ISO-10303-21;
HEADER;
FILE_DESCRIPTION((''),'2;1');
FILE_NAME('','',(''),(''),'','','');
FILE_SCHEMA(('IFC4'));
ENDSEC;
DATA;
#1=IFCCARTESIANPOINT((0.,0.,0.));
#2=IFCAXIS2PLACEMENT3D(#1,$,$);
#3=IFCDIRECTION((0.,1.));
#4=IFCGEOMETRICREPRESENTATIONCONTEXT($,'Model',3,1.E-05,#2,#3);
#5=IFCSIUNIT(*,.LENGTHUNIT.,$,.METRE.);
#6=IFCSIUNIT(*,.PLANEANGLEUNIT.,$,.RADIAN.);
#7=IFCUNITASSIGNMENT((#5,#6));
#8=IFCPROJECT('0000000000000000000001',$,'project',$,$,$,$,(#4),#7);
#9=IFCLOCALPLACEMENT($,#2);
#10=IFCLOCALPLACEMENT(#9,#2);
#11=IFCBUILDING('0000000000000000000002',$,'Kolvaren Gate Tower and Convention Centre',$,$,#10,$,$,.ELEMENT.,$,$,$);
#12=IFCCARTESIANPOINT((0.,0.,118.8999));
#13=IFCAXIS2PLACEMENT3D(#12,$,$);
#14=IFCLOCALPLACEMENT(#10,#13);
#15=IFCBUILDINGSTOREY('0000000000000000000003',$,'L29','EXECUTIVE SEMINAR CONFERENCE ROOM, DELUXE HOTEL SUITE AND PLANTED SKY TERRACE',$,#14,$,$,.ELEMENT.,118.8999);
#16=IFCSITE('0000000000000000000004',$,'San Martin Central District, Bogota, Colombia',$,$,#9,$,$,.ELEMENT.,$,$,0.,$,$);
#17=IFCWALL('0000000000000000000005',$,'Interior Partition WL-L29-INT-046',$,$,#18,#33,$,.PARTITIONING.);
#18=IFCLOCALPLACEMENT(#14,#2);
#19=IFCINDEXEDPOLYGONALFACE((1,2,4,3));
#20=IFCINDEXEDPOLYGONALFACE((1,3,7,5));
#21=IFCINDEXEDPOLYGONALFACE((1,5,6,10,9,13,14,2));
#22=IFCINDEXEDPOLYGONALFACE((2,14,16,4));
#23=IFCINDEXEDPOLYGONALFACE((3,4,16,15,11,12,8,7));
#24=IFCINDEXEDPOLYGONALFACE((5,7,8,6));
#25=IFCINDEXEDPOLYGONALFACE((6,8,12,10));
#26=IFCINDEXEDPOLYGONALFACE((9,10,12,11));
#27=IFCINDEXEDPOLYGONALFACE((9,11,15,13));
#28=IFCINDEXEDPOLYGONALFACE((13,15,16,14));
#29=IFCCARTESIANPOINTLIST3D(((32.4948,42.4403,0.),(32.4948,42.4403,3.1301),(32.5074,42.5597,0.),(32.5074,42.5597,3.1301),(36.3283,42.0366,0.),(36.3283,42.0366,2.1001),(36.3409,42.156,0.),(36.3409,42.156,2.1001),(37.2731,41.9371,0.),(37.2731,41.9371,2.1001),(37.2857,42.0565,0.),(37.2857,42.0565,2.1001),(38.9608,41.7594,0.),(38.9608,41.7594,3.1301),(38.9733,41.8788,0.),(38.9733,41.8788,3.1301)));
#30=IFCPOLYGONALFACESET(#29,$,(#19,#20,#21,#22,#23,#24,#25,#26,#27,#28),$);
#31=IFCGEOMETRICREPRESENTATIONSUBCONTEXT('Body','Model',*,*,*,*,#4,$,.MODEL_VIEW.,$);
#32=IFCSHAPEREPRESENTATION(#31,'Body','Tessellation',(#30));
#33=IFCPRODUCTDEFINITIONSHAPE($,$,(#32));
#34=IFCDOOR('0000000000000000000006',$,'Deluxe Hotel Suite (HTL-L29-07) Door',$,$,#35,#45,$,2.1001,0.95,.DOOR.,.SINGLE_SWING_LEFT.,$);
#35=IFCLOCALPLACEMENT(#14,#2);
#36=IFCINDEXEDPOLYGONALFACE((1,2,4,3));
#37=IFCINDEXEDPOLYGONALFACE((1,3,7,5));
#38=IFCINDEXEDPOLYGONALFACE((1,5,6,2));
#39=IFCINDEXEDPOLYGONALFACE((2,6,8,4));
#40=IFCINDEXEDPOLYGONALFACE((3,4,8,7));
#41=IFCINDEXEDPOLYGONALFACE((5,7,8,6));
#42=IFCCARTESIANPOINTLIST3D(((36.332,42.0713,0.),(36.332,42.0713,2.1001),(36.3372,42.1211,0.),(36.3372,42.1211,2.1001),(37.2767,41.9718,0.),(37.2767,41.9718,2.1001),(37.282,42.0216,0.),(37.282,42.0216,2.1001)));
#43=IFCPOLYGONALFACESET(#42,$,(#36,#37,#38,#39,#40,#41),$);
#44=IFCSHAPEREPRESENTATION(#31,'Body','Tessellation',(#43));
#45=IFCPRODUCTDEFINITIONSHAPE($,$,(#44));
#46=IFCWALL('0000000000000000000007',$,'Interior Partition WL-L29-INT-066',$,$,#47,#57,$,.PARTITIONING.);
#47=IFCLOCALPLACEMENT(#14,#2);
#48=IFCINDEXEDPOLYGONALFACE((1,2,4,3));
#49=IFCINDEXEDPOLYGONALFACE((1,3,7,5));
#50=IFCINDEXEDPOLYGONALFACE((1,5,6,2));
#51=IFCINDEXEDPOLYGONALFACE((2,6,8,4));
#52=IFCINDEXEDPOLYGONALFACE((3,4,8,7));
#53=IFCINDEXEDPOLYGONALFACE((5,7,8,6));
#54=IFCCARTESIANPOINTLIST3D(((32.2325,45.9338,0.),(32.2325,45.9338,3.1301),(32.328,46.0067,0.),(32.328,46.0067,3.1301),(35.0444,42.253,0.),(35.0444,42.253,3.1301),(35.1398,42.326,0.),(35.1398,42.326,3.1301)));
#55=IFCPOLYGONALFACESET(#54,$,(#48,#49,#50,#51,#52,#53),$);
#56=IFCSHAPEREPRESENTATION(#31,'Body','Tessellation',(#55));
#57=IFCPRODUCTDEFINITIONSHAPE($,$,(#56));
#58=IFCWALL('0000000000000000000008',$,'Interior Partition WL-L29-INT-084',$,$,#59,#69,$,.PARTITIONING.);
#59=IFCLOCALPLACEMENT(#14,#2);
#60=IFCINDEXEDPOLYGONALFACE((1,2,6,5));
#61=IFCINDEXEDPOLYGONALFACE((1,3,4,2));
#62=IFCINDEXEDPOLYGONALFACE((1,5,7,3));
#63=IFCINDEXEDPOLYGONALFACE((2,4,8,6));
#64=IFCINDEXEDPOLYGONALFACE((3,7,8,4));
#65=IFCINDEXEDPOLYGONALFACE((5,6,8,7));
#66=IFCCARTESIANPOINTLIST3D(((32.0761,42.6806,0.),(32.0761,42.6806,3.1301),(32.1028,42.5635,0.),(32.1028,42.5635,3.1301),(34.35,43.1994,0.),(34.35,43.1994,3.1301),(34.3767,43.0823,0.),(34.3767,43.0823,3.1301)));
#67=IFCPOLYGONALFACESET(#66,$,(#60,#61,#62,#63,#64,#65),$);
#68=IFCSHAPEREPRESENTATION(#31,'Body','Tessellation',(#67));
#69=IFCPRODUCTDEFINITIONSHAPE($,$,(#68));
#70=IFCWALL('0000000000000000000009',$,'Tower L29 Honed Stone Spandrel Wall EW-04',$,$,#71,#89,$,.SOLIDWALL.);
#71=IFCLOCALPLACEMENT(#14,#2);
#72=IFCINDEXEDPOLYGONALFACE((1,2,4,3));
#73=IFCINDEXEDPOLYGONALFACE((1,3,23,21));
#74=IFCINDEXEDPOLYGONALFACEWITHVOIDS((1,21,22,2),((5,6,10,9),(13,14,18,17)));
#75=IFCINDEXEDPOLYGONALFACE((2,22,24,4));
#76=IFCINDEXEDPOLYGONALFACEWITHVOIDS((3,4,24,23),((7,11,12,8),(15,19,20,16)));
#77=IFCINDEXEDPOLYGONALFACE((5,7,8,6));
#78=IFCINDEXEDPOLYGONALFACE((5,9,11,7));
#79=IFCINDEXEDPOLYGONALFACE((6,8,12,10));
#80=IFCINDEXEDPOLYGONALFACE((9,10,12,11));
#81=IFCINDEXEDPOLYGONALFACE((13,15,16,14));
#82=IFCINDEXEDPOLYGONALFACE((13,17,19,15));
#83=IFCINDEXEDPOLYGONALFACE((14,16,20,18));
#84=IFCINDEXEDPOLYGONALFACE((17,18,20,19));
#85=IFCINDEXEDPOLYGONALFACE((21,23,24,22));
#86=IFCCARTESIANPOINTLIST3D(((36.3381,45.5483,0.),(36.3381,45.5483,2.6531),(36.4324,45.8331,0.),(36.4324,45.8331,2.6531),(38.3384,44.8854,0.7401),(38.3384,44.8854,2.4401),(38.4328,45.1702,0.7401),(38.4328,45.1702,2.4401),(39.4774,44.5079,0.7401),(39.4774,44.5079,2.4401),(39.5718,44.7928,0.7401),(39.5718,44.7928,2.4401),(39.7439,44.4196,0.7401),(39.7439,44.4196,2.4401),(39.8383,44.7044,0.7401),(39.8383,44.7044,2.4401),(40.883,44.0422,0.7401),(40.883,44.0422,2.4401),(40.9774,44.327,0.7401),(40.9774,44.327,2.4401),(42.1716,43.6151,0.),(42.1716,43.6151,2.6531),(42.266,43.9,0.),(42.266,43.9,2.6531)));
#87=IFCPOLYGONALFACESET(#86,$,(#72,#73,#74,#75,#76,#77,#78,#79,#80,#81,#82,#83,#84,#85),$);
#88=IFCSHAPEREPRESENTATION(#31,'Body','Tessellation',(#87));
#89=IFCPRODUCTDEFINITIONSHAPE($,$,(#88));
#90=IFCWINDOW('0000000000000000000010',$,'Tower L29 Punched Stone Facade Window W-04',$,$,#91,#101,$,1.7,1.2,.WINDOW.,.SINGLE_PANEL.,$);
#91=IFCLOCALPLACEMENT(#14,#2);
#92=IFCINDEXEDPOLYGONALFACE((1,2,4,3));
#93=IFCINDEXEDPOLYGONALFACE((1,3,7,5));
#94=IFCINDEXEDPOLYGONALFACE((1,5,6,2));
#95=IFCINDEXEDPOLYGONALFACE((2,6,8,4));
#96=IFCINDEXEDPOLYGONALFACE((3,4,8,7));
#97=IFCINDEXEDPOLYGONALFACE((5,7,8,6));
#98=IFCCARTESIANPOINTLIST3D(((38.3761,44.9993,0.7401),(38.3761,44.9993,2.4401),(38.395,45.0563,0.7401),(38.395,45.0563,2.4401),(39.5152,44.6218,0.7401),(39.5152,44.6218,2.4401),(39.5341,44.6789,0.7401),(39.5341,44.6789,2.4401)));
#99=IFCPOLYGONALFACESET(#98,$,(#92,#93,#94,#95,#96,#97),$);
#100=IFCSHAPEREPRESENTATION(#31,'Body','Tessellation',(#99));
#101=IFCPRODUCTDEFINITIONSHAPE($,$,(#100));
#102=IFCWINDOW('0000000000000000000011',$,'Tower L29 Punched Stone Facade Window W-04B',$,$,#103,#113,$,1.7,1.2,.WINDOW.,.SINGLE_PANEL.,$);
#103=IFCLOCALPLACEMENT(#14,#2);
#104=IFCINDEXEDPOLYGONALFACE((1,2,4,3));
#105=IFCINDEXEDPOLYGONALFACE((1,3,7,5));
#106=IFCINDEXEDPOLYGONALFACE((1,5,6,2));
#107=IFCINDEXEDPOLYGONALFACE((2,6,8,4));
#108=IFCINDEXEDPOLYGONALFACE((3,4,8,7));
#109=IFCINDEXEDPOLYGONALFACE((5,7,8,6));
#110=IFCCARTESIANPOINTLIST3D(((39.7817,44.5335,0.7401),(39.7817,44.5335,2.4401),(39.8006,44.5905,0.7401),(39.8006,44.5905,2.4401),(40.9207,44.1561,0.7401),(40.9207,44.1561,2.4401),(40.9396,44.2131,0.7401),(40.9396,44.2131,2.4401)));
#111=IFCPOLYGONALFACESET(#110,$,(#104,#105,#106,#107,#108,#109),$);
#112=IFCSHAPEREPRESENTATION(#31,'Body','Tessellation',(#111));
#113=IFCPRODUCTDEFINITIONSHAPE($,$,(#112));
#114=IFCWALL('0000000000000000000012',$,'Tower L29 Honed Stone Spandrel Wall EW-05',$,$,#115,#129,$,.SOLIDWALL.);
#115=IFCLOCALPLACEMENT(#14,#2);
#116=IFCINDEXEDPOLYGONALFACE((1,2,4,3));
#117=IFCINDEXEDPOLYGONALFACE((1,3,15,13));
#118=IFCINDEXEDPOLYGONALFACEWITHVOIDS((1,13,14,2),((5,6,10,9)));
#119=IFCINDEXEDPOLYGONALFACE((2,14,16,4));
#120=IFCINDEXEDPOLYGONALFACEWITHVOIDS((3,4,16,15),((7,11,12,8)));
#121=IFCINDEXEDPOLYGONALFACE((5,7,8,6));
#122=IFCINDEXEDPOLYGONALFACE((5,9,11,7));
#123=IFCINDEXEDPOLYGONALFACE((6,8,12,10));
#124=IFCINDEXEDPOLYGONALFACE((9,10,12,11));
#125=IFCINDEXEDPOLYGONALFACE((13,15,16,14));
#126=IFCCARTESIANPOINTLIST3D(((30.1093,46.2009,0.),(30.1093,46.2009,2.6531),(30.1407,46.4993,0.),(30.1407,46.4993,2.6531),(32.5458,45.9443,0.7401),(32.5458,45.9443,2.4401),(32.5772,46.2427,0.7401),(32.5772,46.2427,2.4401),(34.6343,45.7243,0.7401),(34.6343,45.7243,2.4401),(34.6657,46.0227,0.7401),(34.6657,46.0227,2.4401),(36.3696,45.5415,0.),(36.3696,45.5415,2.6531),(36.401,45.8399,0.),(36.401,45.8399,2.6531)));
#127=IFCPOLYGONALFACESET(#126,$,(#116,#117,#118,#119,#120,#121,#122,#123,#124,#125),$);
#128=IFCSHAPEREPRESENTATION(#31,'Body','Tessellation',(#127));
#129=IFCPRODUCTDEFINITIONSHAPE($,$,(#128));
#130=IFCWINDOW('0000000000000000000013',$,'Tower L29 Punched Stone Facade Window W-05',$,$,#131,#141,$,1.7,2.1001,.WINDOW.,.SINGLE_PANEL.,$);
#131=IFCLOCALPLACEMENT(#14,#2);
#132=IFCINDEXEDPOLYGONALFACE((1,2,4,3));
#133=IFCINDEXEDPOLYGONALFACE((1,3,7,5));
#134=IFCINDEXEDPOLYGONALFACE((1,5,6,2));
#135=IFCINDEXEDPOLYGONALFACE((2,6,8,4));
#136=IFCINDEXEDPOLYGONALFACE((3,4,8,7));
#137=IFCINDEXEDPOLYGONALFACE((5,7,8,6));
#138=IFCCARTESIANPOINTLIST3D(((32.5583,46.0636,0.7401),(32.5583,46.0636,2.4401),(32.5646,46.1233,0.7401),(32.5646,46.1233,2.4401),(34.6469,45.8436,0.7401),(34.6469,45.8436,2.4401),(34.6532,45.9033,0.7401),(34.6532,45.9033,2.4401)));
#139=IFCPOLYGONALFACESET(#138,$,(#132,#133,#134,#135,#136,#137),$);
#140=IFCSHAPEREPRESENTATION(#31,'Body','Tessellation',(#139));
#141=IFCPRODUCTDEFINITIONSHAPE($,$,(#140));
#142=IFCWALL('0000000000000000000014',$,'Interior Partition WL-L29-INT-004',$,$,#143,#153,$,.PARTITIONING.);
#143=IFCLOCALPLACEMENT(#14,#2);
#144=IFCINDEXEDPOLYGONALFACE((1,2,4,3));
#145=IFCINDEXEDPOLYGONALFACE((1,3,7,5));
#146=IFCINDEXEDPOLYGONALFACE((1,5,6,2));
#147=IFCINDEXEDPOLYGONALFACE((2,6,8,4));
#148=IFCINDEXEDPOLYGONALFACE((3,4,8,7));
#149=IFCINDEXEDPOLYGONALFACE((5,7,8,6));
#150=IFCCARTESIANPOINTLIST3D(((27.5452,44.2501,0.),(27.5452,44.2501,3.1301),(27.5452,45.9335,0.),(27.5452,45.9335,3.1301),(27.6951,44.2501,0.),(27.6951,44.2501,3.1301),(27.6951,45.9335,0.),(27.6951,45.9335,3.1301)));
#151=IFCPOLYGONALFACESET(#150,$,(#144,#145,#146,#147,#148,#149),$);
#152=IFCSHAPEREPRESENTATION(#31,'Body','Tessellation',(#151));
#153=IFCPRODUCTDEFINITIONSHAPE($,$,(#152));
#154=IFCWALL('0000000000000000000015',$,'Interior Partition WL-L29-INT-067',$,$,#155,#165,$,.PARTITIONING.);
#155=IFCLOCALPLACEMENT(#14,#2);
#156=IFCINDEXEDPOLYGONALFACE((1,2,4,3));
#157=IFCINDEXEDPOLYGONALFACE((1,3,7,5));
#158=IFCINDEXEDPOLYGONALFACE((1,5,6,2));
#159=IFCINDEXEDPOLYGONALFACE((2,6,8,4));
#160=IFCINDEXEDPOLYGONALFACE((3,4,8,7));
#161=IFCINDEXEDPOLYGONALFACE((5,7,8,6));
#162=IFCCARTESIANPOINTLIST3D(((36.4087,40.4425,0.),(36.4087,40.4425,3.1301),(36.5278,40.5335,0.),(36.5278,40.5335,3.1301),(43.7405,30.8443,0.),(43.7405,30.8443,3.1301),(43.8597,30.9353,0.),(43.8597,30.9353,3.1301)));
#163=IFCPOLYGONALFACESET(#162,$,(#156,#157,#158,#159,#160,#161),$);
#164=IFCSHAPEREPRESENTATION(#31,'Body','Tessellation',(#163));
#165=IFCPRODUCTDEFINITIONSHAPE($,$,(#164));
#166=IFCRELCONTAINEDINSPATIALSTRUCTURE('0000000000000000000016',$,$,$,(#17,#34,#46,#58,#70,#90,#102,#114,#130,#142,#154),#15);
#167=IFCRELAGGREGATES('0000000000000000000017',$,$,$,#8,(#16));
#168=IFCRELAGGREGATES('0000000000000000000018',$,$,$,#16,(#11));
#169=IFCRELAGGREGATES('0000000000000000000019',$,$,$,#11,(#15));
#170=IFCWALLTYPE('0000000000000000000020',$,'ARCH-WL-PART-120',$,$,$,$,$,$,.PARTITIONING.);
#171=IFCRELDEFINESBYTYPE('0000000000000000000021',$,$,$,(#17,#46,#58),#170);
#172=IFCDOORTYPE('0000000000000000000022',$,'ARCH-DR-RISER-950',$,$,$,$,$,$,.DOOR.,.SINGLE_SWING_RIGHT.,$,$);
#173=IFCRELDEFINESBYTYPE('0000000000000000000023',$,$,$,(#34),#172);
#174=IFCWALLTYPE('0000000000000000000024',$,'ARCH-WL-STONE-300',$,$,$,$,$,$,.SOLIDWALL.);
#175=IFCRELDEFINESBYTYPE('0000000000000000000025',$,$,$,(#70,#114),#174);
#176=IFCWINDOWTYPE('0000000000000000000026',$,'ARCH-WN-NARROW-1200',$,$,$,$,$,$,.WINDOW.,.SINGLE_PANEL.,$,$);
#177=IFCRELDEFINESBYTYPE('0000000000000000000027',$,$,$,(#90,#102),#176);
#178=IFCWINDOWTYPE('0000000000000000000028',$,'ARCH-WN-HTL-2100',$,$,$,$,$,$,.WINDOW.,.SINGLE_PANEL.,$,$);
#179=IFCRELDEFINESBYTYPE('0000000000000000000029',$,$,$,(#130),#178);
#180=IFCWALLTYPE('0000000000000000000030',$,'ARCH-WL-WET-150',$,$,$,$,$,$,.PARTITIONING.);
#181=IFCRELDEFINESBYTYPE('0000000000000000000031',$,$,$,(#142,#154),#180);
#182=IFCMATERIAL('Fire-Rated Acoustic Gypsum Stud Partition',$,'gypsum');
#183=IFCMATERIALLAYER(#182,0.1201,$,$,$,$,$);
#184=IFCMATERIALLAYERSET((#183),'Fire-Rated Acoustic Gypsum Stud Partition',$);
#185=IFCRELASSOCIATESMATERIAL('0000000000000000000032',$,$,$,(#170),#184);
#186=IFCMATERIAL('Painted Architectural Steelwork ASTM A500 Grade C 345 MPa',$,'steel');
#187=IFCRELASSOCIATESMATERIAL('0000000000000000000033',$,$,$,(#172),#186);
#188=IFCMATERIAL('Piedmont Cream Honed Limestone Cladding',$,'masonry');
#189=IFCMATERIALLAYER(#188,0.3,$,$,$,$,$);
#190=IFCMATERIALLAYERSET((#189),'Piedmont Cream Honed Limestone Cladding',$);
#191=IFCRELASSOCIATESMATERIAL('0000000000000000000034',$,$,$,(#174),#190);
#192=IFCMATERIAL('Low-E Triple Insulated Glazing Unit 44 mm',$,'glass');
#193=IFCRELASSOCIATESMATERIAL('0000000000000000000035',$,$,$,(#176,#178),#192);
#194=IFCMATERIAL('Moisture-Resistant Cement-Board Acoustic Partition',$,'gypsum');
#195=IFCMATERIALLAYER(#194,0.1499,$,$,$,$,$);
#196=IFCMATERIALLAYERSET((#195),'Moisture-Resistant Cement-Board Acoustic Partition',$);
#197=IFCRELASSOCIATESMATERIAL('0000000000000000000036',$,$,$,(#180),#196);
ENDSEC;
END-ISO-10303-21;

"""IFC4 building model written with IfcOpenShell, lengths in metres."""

from ifc_helpers import new_model, si_unit, direction, frame, frame_2d, origin, place, context, subcontext, project, spatial, rectangle, extrude, material, layer, layer_set, type_object, element, fill, save


model = new_model("IFC4")

# Units and contexts
model_context = context("Model", 3, precision=1e-05, world=origin(), true_north=direction((0.0, 1.0)))
body_context = subcontext(model_context, "Body", "Model", "MODEL_VIEW")
ifc_project = project(units=[si_unit("LENGTHUNIT", "METRE"), si_unit("PLANEANGLEUNIT", "RADIAN")], contexts=[model_context])

# Site, building, storey
site_placement = place(None, origin())
site = spatial("IfcSite", under=ifc_project, at=site_placement, Name="San Martin Central District, Bogota, Colombia", CompositionType="ELEMENT", RefElevation=0.0)
building_placement = place(site_placement, origin())
building = spatial("IfcBuilding", under=site, at=building_placement, Name="Kolvaren Gate Tower and Convention Centre", CompositionType="ELEMENT")
storey_placement = place(building_placement, frame((0.0, 0.0, 118.8999)))
storey = spatial("IfcBuildingStorey", under=building, at=storey_placement, Name="L29", Description="EXECUTIVE SEMINAR CONFERENCE ROOM, DELUXE HOTEL SUITE AND PLANTED SKY TERRACE", CompositionType="ELEMENT", Elevation=118.8999)

# Shared definitions
ifc_material_1 = material(Name="Fire-Rated Acoustic Gypsum Stud Partition", Category="gypsum")
ifc_layer_1 = layer(ifc_material_1, 0.1201)
ifc_layer_set_1 = layer_set([ifc_layer_1], Name="Fire-Rated Acoustic Gypsum Stud Partition")
wall_type_1 = type_object("IfcWallType", Name="ARCH-WL-PART-120", PredefinedType="PARTITIONING", material=ifc_layer_set_1)
ifc_material_2 = material(Name="Painted Architectural Steelwork ASTM A500 Grade C 345 MPa", Category="steel")
door_type_1 = type_object("IfcDoorType", Name="ARCH-DR-RISER-950", OperationType="SINGLE_SWING_RIGHT", PredefinedType="DOOR", material=ifc_material_2)

# Wall, opening, door
wall_1_placement = place(storey_placement, frame((32.501, 42.5, 0.0), z_axis=(0.0, 0.0, 1.0), x_axis=(0.994501, -0.104726, 0.0)))
wall_1 = element("IfcWall", 1, at=wall_1_placement, inside=storey, type_object=wall_type_1, Name="Interior Partition WL-L29-INT-046", PredefinedType="PARTITIONING", context=body_context, shape_type="SweptSolid", body=[
    extrude(rectangle(XDim=6.5017, YDim=0.1201, at=frame_2d((3.251, 0.0))), origin(), (0.0, 0.0, 1.0), 3.1301),
])
opening_1_placement = place(wall_1_placement, frame((3.8547, 0.0, 0.0)))
opening_1 = element("IfcOpeningElement", 2, at=opening_1_placement, cuts=wall_1, PredefinedType="OPENING", context=body_context, shape_type="SweptSolid", body=[
    extrude(rectangle(XDim=0.95, YDim=2.1001, at=frame_2d((0.4751, 1.05))), frame((0.0, 0.0701, 0.0), z_axis=(0.0, -1.0, 0.0), x_axis=(1.0, 0.0, 0.0)), (0.0, 0.0, 1.0), 0.1401),
])
door_1_placement = place(opening_1_placement, origin())
door_1 = element("IfcDoor", 3, at=door_1_placement, inside=storey, type_object=door_type_1, Name="Deluxe Hotel Suite (HTL-L29-07) Door", OperationType="SINGLE_SWING_LEFT", OverallHeight=2.1001, OverallWidth=0.95, PredefinedType="DOOR", context=body_context, shape_type="SweptSolid", body=[
    extrude(rectangle(XDim=0.95, YDim=2.1001, at=frame_2d((0.4751, 1.05))), frame((0.0, 0.0249, 0.0), z_axis=(0.0, -1.0, 0.0), x_axis=(1.0, 0.0, 0.0)), (0.0, 0.0, 1.0), 0.05),
])
fill(opening_1, door_1)

# Walls
wall_2_placement = place(storey_placement, frame((32.2803, 45.9702, 0.0), z_axis=(0.0, 0.0, 1.0), x_axis=(0.607061, -0.794655, 0.0)))
element("IfcWall", 4, at=wall_2_placement, inside=storey, type_object=wall_type_1, Name="Interior Partition WL-L29-INT-066", PredefinedType="PARTITIONING", context=body_context, shape_type="SweptSolid", body=[
    extrude(rectangle(XDim=4.6318, YDim=0.1201, at=frame_2d((2.3159, 0.0))), origin(), (0.0, 0.0, 1.0), 3.1301),
])
wall_3_placement = place(storey_placement, frame((32.0896, 42.6221, 0.0), z_axis=(0.0, 0.0, 1.0), x_axis=(0.974947, 0.222435, 0.0)))
element("IfcWall", 5, at=wall_3_placement, inside=storey, type_object=wall_type_1, Name="Interior Partition WL-L29-INT-084", PredefinedType="PARTITIONING", context=body_context, shape_type="SweptSolid", body=[
    extrude(rectangle(XDim=2.3323, YDim=0.1201, at=frame_2d((1.166, 0.0))), origin(), (0.0, 0.0, 1.0), 3.1301),
])

# Wall, openings, windows
ifc_material_3 = material(Name="Piedmont Cream Honed Limestone Cladding", Category="masonry")
ifc_layer_2 = layer(ifc_material_3, 0.3)
ifc_layer_set_2 = layer_set([ifc_layer_2], Name="Piedmont Cream Honed Limestone Cladding")
wall_type_2 = type_object("IfcWallType", Name="ARCH-WL-STONE-300", PredefinedType="SOLIDWALL", material=ifc_layer_set_2)
wall_4_placement = place(storey_placement, frame((36.3853, 45.6907, 0.0), z_axis=(0.0, 0.0, 1.0), x_axis=(0.949238, -0.314559, 0.0)))
wall_4 = element("IfcWall", 6, at=wall_4_placement, inside=storey, type_object=wall_type_2, Name="Tower L29 Honed Stone Spandrel Wall EW-04", PredefinedType="SOLIDWALL", context=body_context, shape_type="SweptSolid", body=[
    extrude(rectangle(XDim=6.1455, YDim=0.3, at=frame_2d((3.0728, 0.0))), origin(), (0.0, 0.0, 1.0), 2.6531),
])
opening_2_placement = place(wall_4_placement, frame((2.1072, 0.0, 0.74)))
opening_2 = element("IfcOpeningElement", 7, at=opening_2_placement, cuts=wall_4, PredefinedType="OPENING", context=body_context, shape_type="SweptSolid", body=[
    extrude(rectangle(XDim=1.2, YDim=1.7, at=frame_2d((0.6001, 0.8501))), frame((0.0, 0.1599, 0.0), z_axis=(0.0, -1.0, 0.0), x_axis=(1.0, 0.0, 0.0)), (0.0, 0.0, 1.0), 0.3201),
])
opening_3_placement = place(wall_4_placement, frame((3.5879, 0.0, 0.74)))
opening_3 = element("IfcOpeningElement", 8, at=opening_3_placement, cuts=wall_4, PredefinedType="OPENING", context=body_context, shape_type="SweptSolid", body=[
    extrude(rectangle(XDim=1.2, YDim=1.7, at=frame_2d((0.6001, 0.8501))), frame((0.0, 0.1599, 0.0), z_axis=(0.0, -1.0, 0.0), x_axis=(1.0, 0.0, 0.0)), (0.0, 0.0, 1.0), 0.3201),
])
ifc_material_4 = material(Name="Low-E Triple Insulated Glazing Unit 44 mm", Category="glass")
window_type_1 = type_object("IfcWindowType", Name="ARCH-WN-NARROW-1200", PartitioningType="SINGLE_PANEL", PredefinedType="WINDOW", material=ifc_material_4)
window_1_placement = place(opening_2_placement, origin())
window_1 = element("IfcWindow", 9, at=window_1_placement, inside=storey, type_object=window_type_1, Name="Tower L29 Punched Stone Facade Window W-04", OverallHeight=1.7, OverallWidth=1.2, PartitioningType="SINGLE_PANEL", PredefinedType="WINDOW", context=body_context, shape_type="SweptSolid", body=[
    extrude(rectangle(XDim=1.2, YDim=1.7, at=frame_2d((0.6001, 0.8501))), frame((0.0, 0.03, 0.0), z_axis=(0.0, -1.0, 0.0), x_axis=(1.0, 0.0, 0.0)), (0.0, 0.0, 1.0), 0.0601),
])
fill(opening_2, window_1)
window_2_placement = place(opening_3_placement, origin())
window_2 = element("IfcWindow", 10, at=window_2_placement, inside=storey, type_object=window_type_1, Name="Tower L29 Punched Stone Facade Window W-04B", OverallHeight=1.7, OverallWidth=1.2, PartitioningType="SINGLE_PANEL", PredefinedType="WINDOW", context=body_context, shape_type="SweptSolid", body=[
    extrude(rectangle(XDim=1.2, YDim=1.7, at=frame_2d((0.6001, 0.8501))), frame((0.0, 0.03, 0.0), z_axis=(0.0, -1.0, 0.0), x_axis=(1.0, 0.0, 0.0)), (0.0, 0.0, 1.0), 0.0601),
])
fill(opening_3, window_2)

# Wall, opening, window
wall_5_placement = place(storey_placement, frame((30.125, 46.3501, 0.0), z_axis=(0.0, 0.0, 1.0), x_axis=(0.994498, -0.104755, 0.0)))
wall_5 = element("IfcWall", 11, at=wall_5_placement, inside=storey, type_object=wall_type_2, Name="Tower L29 Honed Stone Spandrel Wall EW-05", PredefinedType="SOLIDWALL", context=body_context, shape_type="SweptSolid", body=[
    extrude(rectangle(XDim=6.2949, YDim=0.3, at=frame_2d((3.1475, 0.0))), origin(), (0.0, 0.0, 1.0), 2.6531),
])
opening_4_placement = place(wall_5_placement, frame((2.45, 0.0, 0.74)))
opening_4 = element("IfcOpeningElement", 12, at=opening_4_placement, cuts=wall_5, PredefinedType="OPENING", context=body_context, shape_type="SweptSolid", body=[
    extrude(rectangle(XDim=2.1001, YDim=1.7, at=frame_2d((1.05, 0.8501))), frame((0.0, 0.1599, 0.0), z_axis=(0.0, -1.0, 0.0), x_axis=(1.0, 0.0, 0.0)), (0.0, 0.0, 1.0), 0.3201),
])
window_type_2 = type_object("IfcWindowType", Name="ARCH-WN-HTL-2100", PartitioningType="SINGLE_PANEL", PredefinedType="WINDOW", material=ifc_material_4)
window_3_placement = place(opening_4_placement, origin())
window_3 = element("IfcWindow", 13, at=window_3_placement, inside=storey, type_object=window_type_2, Name="Tower L29 Punched Stone Facade Window W-05", OverallHeight=1.7, OverallWidth=2.1001, PartitioningType="SINGLE_PANEL", PredefinedType="WINDOW", context=body_context, shape_type="SweptSolid", body=[
    extrude(rectangle(XDim=2.1001, YDim=1.7, at=frame_2d((1.05, 0.8501))), frame((0.0, 0.03, 0.0), z_axis=(0.0, -1.0, 0.0), x_axis=(1.0, 0.0, 0.0)), (0.0, 0.0, 1.0), 0.0601),
])
fill(opening_4, window_3)

# Walls
ifc_material_5 = material(Name="Moisture-Resistant Cement-Board Acoustic Partition", Category="gypsum")
ifc_layer_3 = layer(ifc_material_5, 0.1499)
ifc_layer_set_3 = layer_set([ifc_layer_3], Name="Moisture-Resistant Cement-Board Acoustic Partition")
wall_type_3 = type_object("IfcWallType", Name="ARCH-WL-WET-150", PredefinedType="PARTITIONING", material=ifc_layer_set_3)
wall_6_placement = place(storey_placement, frame((27.6201, 44.25, 0.0), z_axis=(0.0, 0.0, 1.0), x_axis=(0.0, 1.0, 0.0)))
element("IfcWall", 14, at=wall_6_placement, inside=storey, type_object=wall_type_3, Name="Interior Partition WL-L29-INT-004", PredefinedType="PARTITIONING", context=body_context, shape_type="SweptSolid", body=[
    extrude(rectangle(XDim=1.6833, YDim=0.1499, at=frame_2d((0.8418, 0.0))), origin(), (0.0, 0.0, 1.0), 3.1301),
])
wall_7_placement = place(storey_placement, frame((36.4683, 40.488, 0.0), z_axis=(0.0, 0.0, 1.0), x_axis=(0.607034, -0.794676, 0.0)))
element("IfcWall", 15, at=wall_7_placement, inside=storey, type_object=wall_type_3, Name="Interior Partition WL-L29-INT-067", PredefinedType="PARTITIONING", context=body_context, shape_type="SweptSolid", body=[
    extrude(rectangle(XDim=12.0781, YDim=0.1499, at=frame_2d((6.0391, 0.0))), origin(), (0.0, 0.0, 1.0), 3.1301),
])

save(model, "model.ifc")
